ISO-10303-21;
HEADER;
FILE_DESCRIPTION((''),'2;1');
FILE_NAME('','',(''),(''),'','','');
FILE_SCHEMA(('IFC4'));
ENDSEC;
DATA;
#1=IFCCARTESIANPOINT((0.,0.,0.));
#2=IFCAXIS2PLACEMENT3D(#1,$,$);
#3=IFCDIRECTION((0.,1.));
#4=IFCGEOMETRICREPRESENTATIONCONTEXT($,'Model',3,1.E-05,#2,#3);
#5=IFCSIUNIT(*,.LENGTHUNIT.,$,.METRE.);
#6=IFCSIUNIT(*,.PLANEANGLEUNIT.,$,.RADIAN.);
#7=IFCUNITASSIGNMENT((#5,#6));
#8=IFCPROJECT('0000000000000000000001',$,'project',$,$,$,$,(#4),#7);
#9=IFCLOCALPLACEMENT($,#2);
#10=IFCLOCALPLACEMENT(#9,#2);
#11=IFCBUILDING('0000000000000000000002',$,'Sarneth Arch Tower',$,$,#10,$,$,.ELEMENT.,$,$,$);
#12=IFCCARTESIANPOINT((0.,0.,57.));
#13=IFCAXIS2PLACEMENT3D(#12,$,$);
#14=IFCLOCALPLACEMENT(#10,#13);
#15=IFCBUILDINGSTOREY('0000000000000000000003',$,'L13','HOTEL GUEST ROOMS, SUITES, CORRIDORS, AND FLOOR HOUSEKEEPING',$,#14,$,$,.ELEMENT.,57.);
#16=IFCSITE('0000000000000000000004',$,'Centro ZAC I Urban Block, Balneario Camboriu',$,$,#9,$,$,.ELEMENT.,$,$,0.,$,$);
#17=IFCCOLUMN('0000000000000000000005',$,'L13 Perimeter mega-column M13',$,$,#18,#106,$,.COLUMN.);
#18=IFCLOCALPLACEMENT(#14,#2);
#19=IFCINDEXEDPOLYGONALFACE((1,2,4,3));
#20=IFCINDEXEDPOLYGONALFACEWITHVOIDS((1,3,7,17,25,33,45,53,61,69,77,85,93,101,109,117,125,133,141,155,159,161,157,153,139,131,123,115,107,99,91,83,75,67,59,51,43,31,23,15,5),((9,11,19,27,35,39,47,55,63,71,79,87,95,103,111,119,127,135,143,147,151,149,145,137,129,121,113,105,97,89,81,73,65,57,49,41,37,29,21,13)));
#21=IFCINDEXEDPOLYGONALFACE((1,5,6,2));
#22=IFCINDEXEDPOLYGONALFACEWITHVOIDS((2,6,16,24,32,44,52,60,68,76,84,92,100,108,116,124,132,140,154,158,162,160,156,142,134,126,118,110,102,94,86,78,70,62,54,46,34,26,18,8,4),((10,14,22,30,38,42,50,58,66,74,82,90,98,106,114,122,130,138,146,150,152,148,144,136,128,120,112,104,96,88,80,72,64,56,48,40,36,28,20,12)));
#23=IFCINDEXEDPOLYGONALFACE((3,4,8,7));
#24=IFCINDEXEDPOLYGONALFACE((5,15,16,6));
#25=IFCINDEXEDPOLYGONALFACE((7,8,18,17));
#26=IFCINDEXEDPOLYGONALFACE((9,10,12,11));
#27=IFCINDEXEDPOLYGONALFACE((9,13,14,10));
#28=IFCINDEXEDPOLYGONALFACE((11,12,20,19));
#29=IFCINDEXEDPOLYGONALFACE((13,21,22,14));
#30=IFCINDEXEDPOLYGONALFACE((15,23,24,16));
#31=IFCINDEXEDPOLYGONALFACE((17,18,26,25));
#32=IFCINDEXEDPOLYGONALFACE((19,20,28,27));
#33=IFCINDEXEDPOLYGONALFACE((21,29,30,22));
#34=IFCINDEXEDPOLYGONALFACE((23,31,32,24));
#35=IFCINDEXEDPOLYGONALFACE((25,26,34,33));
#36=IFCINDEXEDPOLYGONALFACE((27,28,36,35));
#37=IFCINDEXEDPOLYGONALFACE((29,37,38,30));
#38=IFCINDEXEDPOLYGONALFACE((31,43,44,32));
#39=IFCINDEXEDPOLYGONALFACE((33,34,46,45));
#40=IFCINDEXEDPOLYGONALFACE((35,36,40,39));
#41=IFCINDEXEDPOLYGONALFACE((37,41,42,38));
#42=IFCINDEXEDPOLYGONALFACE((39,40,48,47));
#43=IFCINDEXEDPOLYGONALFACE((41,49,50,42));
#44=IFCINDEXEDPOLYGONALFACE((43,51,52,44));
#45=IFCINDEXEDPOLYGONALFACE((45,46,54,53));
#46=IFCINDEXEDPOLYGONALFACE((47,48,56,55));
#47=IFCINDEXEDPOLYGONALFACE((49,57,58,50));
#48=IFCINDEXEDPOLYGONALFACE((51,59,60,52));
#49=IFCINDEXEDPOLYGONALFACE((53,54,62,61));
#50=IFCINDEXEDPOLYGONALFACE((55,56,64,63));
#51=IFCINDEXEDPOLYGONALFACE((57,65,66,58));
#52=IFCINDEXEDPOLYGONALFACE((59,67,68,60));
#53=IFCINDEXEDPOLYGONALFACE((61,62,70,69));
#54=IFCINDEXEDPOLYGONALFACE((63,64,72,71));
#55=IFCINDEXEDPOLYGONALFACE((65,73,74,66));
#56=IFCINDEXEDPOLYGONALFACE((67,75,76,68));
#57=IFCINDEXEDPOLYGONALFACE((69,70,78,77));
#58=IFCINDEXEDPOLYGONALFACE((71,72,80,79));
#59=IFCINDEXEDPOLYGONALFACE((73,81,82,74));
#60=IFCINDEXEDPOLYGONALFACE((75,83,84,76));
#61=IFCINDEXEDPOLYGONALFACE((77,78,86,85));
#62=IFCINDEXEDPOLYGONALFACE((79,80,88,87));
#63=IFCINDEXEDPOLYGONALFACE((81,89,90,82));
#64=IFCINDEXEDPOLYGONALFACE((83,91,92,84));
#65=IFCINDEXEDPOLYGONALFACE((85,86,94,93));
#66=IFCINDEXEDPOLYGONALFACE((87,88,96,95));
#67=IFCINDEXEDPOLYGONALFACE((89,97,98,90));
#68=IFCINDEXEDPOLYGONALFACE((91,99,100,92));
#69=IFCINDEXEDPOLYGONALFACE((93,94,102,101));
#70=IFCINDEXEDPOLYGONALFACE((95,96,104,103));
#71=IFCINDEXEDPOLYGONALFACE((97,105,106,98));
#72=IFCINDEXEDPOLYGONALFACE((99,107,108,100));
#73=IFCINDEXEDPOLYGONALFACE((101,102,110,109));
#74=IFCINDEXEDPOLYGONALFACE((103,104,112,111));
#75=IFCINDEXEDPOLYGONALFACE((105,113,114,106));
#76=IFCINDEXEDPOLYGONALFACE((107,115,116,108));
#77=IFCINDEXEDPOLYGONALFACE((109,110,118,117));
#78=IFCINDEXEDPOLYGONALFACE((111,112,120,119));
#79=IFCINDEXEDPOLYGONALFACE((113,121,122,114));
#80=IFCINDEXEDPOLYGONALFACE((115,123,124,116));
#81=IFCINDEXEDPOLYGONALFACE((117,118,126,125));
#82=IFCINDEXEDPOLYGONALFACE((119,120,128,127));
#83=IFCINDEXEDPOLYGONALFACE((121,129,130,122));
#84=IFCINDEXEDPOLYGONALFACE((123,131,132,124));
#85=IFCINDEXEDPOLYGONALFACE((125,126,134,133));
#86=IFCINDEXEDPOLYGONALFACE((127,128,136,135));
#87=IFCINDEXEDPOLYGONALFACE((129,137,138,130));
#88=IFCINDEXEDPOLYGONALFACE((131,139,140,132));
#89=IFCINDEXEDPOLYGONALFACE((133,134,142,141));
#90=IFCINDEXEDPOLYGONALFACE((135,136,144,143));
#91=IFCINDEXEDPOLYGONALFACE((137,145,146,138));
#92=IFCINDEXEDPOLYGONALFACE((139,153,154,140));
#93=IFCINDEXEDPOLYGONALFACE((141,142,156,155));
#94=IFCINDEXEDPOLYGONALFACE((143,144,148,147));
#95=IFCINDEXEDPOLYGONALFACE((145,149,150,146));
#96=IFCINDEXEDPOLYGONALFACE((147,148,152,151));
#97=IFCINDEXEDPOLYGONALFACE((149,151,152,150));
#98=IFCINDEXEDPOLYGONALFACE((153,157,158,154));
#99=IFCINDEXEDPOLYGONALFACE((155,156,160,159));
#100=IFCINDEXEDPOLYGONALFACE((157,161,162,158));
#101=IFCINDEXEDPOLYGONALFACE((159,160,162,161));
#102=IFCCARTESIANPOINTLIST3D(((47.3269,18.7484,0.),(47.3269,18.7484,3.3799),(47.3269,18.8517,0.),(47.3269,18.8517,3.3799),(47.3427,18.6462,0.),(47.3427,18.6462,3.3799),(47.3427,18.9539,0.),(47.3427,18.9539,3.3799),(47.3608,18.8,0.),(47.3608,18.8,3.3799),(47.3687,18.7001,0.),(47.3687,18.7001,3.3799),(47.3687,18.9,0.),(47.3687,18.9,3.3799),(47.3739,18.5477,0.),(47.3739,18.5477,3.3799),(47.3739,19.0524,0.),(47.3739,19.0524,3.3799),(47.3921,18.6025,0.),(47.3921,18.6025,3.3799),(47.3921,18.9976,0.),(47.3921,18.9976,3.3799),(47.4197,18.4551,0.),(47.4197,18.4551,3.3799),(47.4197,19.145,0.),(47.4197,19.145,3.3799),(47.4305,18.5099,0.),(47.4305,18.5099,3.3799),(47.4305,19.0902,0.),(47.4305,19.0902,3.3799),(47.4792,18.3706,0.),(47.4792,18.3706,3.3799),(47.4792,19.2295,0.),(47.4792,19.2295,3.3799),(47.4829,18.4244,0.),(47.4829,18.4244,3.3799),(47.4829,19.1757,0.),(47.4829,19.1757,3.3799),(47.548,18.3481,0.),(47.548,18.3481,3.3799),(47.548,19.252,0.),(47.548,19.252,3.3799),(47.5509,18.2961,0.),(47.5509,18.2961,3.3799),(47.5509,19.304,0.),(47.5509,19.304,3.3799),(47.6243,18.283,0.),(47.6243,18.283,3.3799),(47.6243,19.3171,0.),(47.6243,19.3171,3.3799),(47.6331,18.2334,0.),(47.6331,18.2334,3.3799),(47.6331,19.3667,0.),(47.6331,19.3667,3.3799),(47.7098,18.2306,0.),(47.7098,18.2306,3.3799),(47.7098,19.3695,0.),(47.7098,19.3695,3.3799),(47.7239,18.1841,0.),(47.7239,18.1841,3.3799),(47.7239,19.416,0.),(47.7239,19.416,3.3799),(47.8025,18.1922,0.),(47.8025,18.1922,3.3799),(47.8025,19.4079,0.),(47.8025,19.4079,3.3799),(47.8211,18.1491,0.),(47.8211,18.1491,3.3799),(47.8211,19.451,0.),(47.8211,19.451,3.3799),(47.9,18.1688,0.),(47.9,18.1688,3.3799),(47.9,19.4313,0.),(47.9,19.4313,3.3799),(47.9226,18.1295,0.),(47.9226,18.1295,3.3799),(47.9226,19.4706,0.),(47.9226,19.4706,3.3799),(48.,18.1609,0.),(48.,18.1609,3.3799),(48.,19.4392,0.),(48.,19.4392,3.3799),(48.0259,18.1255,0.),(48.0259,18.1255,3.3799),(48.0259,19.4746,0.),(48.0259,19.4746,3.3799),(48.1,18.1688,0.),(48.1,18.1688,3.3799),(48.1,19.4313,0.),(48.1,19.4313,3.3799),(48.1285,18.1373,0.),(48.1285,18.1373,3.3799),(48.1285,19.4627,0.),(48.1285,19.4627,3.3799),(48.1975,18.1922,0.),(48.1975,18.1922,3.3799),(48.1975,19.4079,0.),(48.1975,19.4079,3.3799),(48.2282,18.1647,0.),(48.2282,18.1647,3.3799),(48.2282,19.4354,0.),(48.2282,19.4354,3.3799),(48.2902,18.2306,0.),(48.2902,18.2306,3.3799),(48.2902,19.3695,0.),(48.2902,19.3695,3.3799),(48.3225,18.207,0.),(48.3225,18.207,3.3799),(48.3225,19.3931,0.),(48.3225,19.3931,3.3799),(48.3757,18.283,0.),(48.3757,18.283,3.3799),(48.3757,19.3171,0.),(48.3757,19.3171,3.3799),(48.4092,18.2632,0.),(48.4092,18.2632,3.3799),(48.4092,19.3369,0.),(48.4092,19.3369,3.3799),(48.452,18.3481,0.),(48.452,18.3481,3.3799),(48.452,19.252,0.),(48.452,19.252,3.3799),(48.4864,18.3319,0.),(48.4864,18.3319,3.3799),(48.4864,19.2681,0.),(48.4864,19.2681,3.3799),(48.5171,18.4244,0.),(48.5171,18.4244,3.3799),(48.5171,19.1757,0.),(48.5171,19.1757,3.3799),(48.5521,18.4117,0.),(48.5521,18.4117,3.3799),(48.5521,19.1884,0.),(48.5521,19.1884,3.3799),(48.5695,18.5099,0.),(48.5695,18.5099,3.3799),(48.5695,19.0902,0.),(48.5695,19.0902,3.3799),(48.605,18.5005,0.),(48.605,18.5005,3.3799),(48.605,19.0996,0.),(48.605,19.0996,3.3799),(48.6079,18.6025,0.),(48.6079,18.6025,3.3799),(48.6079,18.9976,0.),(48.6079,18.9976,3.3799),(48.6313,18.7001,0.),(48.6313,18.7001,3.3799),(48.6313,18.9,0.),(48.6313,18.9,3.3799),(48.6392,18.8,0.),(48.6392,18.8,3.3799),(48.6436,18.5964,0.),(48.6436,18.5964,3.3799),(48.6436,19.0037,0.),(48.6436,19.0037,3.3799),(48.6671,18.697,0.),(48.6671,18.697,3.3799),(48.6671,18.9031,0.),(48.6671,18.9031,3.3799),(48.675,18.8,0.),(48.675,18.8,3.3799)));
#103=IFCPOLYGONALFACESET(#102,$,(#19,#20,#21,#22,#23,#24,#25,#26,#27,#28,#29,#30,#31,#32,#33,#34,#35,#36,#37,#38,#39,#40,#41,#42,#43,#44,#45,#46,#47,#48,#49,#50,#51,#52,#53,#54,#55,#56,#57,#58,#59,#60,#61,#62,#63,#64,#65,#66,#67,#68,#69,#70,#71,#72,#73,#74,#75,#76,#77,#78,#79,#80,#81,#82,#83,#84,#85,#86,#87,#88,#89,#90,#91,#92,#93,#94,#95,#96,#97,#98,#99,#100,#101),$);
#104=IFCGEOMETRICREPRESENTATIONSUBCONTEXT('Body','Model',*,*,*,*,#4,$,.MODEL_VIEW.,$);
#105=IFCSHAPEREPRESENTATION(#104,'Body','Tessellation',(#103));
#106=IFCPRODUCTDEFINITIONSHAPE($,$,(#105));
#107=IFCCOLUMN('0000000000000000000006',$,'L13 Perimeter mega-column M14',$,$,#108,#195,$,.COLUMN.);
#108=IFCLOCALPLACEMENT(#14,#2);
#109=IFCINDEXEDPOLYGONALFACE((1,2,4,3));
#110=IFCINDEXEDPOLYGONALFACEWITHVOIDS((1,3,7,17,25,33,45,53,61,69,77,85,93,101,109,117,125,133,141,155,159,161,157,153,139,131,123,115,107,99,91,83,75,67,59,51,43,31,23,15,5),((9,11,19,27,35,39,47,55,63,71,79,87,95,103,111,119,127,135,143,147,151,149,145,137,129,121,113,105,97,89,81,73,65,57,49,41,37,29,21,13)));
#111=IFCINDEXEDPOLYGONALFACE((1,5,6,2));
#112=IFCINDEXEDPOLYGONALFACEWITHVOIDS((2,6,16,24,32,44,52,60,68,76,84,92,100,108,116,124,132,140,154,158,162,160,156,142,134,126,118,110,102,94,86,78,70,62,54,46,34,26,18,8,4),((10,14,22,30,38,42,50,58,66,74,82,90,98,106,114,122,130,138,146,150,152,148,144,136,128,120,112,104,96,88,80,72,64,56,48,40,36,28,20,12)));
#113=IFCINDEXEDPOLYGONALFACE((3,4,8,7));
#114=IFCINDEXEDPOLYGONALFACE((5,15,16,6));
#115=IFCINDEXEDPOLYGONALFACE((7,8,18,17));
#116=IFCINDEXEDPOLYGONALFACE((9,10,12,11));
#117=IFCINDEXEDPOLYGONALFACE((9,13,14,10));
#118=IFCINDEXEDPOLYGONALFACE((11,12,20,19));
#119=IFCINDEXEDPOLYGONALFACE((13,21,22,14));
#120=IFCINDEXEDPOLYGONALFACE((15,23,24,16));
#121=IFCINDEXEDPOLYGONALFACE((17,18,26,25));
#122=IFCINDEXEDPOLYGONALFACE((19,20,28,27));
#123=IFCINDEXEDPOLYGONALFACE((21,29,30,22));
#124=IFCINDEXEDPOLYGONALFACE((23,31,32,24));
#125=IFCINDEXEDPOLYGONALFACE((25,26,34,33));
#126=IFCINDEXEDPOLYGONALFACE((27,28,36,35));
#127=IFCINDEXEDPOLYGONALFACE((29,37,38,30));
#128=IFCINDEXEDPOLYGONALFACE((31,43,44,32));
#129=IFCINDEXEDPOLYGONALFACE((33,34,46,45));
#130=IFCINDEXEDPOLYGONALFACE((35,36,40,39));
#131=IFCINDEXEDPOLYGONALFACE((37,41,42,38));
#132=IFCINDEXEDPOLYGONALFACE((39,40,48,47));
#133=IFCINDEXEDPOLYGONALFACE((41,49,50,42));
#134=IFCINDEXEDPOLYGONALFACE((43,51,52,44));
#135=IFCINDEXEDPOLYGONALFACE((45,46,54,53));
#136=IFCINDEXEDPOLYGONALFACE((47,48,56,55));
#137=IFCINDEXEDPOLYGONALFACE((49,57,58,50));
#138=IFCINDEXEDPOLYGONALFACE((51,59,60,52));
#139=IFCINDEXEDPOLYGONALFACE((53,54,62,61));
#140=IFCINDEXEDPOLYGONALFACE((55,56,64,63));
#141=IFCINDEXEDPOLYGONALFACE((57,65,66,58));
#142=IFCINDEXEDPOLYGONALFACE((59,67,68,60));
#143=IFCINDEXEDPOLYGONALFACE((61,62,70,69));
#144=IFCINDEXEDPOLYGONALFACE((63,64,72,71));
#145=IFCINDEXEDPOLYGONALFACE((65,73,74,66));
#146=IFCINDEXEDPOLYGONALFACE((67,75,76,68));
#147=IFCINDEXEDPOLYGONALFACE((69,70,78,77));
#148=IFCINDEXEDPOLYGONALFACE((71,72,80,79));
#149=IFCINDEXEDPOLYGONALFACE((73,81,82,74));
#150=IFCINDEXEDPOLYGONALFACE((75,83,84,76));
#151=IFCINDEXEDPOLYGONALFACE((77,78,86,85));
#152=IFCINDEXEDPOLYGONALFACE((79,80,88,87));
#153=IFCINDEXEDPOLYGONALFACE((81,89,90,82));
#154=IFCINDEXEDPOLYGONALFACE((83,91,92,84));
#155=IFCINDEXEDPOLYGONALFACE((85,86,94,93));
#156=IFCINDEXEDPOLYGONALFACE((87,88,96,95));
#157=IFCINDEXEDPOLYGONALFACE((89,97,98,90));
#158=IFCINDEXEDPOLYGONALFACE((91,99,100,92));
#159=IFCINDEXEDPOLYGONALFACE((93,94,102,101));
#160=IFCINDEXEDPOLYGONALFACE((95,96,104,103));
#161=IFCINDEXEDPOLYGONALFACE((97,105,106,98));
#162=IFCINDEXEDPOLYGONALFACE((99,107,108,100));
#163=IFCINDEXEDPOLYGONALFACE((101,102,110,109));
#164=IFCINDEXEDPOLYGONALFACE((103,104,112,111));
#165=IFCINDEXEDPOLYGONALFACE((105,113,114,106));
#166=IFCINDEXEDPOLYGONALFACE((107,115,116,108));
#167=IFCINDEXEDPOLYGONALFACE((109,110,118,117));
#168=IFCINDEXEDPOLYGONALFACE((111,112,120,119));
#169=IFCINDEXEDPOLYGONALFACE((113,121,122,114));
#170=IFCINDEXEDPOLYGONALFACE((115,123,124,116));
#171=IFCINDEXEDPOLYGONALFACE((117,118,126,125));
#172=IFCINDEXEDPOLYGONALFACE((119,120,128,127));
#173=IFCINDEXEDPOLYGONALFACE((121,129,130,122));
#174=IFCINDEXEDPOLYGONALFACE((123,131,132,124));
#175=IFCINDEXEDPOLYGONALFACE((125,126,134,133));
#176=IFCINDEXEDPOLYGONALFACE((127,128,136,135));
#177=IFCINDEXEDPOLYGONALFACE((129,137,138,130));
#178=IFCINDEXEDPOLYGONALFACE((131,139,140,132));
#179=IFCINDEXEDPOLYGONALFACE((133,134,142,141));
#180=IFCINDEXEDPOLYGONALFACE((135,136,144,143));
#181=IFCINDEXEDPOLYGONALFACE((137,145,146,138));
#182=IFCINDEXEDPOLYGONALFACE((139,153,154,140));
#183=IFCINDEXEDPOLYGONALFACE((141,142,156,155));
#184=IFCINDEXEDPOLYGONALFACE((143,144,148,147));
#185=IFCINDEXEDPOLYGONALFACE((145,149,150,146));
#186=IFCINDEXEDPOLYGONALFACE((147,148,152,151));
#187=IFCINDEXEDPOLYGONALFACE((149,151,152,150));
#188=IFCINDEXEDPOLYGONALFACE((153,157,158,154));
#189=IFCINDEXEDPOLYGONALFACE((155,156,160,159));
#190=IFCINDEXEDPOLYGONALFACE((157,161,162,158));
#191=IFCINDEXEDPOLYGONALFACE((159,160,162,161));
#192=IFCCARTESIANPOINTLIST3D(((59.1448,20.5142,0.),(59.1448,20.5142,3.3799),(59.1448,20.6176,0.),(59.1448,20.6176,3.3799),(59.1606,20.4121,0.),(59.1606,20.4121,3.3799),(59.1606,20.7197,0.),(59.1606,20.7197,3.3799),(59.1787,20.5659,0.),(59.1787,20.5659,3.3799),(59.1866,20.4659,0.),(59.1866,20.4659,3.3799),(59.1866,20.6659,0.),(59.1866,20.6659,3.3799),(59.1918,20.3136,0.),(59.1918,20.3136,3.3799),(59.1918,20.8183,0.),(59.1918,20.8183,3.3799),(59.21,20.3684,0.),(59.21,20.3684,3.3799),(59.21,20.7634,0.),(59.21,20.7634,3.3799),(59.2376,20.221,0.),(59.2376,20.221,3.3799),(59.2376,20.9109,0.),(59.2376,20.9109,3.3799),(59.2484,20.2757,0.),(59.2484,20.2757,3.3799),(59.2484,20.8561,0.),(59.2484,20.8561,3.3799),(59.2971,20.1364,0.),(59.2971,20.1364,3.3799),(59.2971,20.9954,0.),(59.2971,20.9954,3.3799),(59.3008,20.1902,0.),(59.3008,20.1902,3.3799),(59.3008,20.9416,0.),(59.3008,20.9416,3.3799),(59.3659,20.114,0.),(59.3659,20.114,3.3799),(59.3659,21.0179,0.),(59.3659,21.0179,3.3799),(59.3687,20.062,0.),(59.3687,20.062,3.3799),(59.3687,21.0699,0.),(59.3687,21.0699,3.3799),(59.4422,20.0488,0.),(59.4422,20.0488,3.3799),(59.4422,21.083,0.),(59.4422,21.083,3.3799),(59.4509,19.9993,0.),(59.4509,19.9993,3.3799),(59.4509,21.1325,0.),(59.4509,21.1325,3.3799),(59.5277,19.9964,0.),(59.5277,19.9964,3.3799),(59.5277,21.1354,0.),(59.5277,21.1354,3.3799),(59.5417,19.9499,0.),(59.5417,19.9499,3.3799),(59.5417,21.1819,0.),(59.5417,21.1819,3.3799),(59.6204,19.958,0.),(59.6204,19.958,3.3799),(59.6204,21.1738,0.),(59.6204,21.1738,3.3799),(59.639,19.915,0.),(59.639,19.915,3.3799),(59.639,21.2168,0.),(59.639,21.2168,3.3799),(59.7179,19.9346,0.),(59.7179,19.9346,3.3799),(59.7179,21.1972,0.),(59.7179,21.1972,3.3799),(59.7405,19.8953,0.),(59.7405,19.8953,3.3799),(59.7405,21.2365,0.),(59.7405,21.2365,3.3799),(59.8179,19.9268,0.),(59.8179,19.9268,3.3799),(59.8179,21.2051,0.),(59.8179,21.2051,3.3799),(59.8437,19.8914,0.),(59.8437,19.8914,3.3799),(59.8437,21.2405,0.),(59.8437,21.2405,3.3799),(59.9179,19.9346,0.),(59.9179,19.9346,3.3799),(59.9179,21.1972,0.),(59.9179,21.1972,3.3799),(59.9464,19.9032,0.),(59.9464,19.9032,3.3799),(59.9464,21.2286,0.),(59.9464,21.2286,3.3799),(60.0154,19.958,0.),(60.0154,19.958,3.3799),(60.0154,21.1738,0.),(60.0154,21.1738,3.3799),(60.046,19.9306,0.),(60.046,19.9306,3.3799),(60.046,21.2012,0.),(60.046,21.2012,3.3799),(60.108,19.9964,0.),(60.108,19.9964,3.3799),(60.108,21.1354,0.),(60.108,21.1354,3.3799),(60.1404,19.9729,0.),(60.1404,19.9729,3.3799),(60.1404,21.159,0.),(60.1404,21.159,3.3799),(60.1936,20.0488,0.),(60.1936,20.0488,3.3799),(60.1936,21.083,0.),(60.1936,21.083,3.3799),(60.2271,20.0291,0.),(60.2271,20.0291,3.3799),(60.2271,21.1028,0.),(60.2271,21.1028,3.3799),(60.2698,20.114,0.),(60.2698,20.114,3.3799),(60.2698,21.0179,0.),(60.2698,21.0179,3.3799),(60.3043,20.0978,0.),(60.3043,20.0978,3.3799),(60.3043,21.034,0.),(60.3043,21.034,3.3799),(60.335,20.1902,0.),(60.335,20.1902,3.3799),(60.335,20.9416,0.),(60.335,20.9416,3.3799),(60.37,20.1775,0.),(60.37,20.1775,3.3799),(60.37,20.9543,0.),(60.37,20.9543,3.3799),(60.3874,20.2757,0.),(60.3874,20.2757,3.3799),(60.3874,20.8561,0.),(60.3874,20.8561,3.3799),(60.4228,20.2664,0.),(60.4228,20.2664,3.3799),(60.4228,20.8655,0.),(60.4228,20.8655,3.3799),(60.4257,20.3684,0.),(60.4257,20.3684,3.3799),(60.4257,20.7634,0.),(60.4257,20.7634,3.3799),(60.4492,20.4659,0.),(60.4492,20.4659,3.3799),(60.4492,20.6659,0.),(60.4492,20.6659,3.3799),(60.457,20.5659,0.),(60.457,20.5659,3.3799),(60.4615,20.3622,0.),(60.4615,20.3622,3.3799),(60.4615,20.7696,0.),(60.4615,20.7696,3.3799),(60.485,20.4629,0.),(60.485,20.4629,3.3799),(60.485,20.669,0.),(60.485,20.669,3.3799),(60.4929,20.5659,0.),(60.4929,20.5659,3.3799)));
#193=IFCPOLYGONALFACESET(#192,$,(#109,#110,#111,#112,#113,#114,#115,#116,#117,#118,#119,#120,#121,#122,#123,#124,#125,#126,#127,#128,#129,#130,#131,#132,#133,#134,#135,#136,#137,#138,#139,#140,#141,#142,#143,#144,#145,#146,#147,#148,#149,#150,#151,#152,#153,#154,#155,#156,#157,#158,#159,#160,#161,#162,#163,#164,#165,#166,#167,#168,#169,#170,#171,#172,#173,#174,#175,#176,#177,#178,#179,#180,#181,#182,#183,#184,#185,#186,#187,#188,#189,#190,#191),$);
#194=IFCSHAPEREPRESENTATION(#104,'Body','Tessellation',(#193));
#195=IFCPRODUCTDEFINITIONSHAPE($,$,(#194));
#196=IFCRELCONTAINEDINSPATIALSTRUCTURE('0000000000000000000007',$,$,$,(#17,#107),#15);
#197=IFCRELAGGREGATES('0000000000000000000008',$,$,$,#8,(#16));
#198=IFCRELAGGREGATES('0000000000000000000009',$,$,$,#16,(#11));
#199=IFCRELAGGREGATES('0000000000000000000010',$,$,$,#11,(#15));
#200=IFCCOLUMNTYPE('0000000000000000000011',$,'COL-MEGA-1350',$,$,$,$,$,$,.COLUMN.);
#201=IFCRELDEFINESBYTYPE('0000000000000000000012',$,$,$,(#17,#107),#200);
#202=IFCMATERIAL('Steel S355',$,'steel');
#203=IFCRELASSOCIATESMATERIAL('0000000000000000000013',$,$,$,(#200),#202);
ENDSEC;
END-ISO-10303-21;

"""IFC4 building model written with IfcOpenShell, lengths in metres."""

from ifc_helpers import new_model, si_unit, direction, frame, origin, origin_2d, place, context, subcontext, project, spatial, hollow_circle, extrude, material, material_profile, profile_set, type_object, element, save


model = new_model("IFC4")

# Units and contexts
model_context = context("Model", 3, precision=1e-05, world=origin(), true_north=direction((0.0, 1.0)))
body_context = subcontext(model_context, "Body", "Model", "MODEL_VIEW")
ifc_project = project(units=[si_unit("LENGTHUNIT", "METRE"), si_unit("PLANEANGLEUNIT", "RADIAN")], contexts=[model_context])

# Site, building, storey
site_placement = place(None, origin())
site = spatial("IfcSite", under=ifc_project, at=site_placement, Name="Centro ZAC I Urban Block, Balneario Camboriu", CompositionType="ELEMENT", RefElevation=0.0)
building_placement = place(site_placement, origin())
building = spatial("IfcBuilding", under=site, at=building_placement, Name="Sarneth Arch Tower", CompositionType="ELEMENT")
storey_placement = place(building_placement, frame((0.0, 0.0, 57.0)))
storey = spatial("IfcBuildingStorey", under=building, at=storey_placement, Name="L13", Description="HOTEL GUEST ROOMS, SUITES, CORRIDORS, AND FLOOR HOUSEKEEPING", CompositionType="ELEMENT", Elevation=57.0)

# Columns
ifc_material_1 = material(Name="Steel S355", Category="steel")
ifc_material_profile_1 = material_profile(ifc_material_1, hollow_circle(Radius=0.675, WallThickness=0.0359, at=origin_2d()), Name="CHS1350x36")
ifc_profile_set_1 = profile_set([ifc_material_profile_1], Name="Steel S355")
column_type = type_object("IfcColumnType", Name="COL-MEGA-1350", PredefinedType="COLUMN", material=ifc_profile_set_1)
for number, where, z_axis, x_axis, name in (
    (1, (48.0, 18.8, 0.0), (0.0, 0.0, 1.0), (1.0, 0.0, 0.0), "L13 Perimeter mega-column M13"),
    (2, (59.8179, 20.5659, 0.0), (0.0, 0.0, 1.0), (1.0, 0.0, 0.0), "L13 Perimeter mega-column M14"),
):
    element("IfcColumn", number, at=place(storey_placement, frame(where, z_axis=z_axis, x_axis=x_axis)), inside=storey, type_object=column_type, Name=name, PredefinedType="COLUMN", context=body_context, shape_type="SweptSolid", body=[
        extrude(hollow_circle(Radius=0.675, WallThickness=0.0359, at=origin_2d()), origin(), (0.0, 0.0, 1.0), 3.3799),
    ])

save(model, "model.ifc")
